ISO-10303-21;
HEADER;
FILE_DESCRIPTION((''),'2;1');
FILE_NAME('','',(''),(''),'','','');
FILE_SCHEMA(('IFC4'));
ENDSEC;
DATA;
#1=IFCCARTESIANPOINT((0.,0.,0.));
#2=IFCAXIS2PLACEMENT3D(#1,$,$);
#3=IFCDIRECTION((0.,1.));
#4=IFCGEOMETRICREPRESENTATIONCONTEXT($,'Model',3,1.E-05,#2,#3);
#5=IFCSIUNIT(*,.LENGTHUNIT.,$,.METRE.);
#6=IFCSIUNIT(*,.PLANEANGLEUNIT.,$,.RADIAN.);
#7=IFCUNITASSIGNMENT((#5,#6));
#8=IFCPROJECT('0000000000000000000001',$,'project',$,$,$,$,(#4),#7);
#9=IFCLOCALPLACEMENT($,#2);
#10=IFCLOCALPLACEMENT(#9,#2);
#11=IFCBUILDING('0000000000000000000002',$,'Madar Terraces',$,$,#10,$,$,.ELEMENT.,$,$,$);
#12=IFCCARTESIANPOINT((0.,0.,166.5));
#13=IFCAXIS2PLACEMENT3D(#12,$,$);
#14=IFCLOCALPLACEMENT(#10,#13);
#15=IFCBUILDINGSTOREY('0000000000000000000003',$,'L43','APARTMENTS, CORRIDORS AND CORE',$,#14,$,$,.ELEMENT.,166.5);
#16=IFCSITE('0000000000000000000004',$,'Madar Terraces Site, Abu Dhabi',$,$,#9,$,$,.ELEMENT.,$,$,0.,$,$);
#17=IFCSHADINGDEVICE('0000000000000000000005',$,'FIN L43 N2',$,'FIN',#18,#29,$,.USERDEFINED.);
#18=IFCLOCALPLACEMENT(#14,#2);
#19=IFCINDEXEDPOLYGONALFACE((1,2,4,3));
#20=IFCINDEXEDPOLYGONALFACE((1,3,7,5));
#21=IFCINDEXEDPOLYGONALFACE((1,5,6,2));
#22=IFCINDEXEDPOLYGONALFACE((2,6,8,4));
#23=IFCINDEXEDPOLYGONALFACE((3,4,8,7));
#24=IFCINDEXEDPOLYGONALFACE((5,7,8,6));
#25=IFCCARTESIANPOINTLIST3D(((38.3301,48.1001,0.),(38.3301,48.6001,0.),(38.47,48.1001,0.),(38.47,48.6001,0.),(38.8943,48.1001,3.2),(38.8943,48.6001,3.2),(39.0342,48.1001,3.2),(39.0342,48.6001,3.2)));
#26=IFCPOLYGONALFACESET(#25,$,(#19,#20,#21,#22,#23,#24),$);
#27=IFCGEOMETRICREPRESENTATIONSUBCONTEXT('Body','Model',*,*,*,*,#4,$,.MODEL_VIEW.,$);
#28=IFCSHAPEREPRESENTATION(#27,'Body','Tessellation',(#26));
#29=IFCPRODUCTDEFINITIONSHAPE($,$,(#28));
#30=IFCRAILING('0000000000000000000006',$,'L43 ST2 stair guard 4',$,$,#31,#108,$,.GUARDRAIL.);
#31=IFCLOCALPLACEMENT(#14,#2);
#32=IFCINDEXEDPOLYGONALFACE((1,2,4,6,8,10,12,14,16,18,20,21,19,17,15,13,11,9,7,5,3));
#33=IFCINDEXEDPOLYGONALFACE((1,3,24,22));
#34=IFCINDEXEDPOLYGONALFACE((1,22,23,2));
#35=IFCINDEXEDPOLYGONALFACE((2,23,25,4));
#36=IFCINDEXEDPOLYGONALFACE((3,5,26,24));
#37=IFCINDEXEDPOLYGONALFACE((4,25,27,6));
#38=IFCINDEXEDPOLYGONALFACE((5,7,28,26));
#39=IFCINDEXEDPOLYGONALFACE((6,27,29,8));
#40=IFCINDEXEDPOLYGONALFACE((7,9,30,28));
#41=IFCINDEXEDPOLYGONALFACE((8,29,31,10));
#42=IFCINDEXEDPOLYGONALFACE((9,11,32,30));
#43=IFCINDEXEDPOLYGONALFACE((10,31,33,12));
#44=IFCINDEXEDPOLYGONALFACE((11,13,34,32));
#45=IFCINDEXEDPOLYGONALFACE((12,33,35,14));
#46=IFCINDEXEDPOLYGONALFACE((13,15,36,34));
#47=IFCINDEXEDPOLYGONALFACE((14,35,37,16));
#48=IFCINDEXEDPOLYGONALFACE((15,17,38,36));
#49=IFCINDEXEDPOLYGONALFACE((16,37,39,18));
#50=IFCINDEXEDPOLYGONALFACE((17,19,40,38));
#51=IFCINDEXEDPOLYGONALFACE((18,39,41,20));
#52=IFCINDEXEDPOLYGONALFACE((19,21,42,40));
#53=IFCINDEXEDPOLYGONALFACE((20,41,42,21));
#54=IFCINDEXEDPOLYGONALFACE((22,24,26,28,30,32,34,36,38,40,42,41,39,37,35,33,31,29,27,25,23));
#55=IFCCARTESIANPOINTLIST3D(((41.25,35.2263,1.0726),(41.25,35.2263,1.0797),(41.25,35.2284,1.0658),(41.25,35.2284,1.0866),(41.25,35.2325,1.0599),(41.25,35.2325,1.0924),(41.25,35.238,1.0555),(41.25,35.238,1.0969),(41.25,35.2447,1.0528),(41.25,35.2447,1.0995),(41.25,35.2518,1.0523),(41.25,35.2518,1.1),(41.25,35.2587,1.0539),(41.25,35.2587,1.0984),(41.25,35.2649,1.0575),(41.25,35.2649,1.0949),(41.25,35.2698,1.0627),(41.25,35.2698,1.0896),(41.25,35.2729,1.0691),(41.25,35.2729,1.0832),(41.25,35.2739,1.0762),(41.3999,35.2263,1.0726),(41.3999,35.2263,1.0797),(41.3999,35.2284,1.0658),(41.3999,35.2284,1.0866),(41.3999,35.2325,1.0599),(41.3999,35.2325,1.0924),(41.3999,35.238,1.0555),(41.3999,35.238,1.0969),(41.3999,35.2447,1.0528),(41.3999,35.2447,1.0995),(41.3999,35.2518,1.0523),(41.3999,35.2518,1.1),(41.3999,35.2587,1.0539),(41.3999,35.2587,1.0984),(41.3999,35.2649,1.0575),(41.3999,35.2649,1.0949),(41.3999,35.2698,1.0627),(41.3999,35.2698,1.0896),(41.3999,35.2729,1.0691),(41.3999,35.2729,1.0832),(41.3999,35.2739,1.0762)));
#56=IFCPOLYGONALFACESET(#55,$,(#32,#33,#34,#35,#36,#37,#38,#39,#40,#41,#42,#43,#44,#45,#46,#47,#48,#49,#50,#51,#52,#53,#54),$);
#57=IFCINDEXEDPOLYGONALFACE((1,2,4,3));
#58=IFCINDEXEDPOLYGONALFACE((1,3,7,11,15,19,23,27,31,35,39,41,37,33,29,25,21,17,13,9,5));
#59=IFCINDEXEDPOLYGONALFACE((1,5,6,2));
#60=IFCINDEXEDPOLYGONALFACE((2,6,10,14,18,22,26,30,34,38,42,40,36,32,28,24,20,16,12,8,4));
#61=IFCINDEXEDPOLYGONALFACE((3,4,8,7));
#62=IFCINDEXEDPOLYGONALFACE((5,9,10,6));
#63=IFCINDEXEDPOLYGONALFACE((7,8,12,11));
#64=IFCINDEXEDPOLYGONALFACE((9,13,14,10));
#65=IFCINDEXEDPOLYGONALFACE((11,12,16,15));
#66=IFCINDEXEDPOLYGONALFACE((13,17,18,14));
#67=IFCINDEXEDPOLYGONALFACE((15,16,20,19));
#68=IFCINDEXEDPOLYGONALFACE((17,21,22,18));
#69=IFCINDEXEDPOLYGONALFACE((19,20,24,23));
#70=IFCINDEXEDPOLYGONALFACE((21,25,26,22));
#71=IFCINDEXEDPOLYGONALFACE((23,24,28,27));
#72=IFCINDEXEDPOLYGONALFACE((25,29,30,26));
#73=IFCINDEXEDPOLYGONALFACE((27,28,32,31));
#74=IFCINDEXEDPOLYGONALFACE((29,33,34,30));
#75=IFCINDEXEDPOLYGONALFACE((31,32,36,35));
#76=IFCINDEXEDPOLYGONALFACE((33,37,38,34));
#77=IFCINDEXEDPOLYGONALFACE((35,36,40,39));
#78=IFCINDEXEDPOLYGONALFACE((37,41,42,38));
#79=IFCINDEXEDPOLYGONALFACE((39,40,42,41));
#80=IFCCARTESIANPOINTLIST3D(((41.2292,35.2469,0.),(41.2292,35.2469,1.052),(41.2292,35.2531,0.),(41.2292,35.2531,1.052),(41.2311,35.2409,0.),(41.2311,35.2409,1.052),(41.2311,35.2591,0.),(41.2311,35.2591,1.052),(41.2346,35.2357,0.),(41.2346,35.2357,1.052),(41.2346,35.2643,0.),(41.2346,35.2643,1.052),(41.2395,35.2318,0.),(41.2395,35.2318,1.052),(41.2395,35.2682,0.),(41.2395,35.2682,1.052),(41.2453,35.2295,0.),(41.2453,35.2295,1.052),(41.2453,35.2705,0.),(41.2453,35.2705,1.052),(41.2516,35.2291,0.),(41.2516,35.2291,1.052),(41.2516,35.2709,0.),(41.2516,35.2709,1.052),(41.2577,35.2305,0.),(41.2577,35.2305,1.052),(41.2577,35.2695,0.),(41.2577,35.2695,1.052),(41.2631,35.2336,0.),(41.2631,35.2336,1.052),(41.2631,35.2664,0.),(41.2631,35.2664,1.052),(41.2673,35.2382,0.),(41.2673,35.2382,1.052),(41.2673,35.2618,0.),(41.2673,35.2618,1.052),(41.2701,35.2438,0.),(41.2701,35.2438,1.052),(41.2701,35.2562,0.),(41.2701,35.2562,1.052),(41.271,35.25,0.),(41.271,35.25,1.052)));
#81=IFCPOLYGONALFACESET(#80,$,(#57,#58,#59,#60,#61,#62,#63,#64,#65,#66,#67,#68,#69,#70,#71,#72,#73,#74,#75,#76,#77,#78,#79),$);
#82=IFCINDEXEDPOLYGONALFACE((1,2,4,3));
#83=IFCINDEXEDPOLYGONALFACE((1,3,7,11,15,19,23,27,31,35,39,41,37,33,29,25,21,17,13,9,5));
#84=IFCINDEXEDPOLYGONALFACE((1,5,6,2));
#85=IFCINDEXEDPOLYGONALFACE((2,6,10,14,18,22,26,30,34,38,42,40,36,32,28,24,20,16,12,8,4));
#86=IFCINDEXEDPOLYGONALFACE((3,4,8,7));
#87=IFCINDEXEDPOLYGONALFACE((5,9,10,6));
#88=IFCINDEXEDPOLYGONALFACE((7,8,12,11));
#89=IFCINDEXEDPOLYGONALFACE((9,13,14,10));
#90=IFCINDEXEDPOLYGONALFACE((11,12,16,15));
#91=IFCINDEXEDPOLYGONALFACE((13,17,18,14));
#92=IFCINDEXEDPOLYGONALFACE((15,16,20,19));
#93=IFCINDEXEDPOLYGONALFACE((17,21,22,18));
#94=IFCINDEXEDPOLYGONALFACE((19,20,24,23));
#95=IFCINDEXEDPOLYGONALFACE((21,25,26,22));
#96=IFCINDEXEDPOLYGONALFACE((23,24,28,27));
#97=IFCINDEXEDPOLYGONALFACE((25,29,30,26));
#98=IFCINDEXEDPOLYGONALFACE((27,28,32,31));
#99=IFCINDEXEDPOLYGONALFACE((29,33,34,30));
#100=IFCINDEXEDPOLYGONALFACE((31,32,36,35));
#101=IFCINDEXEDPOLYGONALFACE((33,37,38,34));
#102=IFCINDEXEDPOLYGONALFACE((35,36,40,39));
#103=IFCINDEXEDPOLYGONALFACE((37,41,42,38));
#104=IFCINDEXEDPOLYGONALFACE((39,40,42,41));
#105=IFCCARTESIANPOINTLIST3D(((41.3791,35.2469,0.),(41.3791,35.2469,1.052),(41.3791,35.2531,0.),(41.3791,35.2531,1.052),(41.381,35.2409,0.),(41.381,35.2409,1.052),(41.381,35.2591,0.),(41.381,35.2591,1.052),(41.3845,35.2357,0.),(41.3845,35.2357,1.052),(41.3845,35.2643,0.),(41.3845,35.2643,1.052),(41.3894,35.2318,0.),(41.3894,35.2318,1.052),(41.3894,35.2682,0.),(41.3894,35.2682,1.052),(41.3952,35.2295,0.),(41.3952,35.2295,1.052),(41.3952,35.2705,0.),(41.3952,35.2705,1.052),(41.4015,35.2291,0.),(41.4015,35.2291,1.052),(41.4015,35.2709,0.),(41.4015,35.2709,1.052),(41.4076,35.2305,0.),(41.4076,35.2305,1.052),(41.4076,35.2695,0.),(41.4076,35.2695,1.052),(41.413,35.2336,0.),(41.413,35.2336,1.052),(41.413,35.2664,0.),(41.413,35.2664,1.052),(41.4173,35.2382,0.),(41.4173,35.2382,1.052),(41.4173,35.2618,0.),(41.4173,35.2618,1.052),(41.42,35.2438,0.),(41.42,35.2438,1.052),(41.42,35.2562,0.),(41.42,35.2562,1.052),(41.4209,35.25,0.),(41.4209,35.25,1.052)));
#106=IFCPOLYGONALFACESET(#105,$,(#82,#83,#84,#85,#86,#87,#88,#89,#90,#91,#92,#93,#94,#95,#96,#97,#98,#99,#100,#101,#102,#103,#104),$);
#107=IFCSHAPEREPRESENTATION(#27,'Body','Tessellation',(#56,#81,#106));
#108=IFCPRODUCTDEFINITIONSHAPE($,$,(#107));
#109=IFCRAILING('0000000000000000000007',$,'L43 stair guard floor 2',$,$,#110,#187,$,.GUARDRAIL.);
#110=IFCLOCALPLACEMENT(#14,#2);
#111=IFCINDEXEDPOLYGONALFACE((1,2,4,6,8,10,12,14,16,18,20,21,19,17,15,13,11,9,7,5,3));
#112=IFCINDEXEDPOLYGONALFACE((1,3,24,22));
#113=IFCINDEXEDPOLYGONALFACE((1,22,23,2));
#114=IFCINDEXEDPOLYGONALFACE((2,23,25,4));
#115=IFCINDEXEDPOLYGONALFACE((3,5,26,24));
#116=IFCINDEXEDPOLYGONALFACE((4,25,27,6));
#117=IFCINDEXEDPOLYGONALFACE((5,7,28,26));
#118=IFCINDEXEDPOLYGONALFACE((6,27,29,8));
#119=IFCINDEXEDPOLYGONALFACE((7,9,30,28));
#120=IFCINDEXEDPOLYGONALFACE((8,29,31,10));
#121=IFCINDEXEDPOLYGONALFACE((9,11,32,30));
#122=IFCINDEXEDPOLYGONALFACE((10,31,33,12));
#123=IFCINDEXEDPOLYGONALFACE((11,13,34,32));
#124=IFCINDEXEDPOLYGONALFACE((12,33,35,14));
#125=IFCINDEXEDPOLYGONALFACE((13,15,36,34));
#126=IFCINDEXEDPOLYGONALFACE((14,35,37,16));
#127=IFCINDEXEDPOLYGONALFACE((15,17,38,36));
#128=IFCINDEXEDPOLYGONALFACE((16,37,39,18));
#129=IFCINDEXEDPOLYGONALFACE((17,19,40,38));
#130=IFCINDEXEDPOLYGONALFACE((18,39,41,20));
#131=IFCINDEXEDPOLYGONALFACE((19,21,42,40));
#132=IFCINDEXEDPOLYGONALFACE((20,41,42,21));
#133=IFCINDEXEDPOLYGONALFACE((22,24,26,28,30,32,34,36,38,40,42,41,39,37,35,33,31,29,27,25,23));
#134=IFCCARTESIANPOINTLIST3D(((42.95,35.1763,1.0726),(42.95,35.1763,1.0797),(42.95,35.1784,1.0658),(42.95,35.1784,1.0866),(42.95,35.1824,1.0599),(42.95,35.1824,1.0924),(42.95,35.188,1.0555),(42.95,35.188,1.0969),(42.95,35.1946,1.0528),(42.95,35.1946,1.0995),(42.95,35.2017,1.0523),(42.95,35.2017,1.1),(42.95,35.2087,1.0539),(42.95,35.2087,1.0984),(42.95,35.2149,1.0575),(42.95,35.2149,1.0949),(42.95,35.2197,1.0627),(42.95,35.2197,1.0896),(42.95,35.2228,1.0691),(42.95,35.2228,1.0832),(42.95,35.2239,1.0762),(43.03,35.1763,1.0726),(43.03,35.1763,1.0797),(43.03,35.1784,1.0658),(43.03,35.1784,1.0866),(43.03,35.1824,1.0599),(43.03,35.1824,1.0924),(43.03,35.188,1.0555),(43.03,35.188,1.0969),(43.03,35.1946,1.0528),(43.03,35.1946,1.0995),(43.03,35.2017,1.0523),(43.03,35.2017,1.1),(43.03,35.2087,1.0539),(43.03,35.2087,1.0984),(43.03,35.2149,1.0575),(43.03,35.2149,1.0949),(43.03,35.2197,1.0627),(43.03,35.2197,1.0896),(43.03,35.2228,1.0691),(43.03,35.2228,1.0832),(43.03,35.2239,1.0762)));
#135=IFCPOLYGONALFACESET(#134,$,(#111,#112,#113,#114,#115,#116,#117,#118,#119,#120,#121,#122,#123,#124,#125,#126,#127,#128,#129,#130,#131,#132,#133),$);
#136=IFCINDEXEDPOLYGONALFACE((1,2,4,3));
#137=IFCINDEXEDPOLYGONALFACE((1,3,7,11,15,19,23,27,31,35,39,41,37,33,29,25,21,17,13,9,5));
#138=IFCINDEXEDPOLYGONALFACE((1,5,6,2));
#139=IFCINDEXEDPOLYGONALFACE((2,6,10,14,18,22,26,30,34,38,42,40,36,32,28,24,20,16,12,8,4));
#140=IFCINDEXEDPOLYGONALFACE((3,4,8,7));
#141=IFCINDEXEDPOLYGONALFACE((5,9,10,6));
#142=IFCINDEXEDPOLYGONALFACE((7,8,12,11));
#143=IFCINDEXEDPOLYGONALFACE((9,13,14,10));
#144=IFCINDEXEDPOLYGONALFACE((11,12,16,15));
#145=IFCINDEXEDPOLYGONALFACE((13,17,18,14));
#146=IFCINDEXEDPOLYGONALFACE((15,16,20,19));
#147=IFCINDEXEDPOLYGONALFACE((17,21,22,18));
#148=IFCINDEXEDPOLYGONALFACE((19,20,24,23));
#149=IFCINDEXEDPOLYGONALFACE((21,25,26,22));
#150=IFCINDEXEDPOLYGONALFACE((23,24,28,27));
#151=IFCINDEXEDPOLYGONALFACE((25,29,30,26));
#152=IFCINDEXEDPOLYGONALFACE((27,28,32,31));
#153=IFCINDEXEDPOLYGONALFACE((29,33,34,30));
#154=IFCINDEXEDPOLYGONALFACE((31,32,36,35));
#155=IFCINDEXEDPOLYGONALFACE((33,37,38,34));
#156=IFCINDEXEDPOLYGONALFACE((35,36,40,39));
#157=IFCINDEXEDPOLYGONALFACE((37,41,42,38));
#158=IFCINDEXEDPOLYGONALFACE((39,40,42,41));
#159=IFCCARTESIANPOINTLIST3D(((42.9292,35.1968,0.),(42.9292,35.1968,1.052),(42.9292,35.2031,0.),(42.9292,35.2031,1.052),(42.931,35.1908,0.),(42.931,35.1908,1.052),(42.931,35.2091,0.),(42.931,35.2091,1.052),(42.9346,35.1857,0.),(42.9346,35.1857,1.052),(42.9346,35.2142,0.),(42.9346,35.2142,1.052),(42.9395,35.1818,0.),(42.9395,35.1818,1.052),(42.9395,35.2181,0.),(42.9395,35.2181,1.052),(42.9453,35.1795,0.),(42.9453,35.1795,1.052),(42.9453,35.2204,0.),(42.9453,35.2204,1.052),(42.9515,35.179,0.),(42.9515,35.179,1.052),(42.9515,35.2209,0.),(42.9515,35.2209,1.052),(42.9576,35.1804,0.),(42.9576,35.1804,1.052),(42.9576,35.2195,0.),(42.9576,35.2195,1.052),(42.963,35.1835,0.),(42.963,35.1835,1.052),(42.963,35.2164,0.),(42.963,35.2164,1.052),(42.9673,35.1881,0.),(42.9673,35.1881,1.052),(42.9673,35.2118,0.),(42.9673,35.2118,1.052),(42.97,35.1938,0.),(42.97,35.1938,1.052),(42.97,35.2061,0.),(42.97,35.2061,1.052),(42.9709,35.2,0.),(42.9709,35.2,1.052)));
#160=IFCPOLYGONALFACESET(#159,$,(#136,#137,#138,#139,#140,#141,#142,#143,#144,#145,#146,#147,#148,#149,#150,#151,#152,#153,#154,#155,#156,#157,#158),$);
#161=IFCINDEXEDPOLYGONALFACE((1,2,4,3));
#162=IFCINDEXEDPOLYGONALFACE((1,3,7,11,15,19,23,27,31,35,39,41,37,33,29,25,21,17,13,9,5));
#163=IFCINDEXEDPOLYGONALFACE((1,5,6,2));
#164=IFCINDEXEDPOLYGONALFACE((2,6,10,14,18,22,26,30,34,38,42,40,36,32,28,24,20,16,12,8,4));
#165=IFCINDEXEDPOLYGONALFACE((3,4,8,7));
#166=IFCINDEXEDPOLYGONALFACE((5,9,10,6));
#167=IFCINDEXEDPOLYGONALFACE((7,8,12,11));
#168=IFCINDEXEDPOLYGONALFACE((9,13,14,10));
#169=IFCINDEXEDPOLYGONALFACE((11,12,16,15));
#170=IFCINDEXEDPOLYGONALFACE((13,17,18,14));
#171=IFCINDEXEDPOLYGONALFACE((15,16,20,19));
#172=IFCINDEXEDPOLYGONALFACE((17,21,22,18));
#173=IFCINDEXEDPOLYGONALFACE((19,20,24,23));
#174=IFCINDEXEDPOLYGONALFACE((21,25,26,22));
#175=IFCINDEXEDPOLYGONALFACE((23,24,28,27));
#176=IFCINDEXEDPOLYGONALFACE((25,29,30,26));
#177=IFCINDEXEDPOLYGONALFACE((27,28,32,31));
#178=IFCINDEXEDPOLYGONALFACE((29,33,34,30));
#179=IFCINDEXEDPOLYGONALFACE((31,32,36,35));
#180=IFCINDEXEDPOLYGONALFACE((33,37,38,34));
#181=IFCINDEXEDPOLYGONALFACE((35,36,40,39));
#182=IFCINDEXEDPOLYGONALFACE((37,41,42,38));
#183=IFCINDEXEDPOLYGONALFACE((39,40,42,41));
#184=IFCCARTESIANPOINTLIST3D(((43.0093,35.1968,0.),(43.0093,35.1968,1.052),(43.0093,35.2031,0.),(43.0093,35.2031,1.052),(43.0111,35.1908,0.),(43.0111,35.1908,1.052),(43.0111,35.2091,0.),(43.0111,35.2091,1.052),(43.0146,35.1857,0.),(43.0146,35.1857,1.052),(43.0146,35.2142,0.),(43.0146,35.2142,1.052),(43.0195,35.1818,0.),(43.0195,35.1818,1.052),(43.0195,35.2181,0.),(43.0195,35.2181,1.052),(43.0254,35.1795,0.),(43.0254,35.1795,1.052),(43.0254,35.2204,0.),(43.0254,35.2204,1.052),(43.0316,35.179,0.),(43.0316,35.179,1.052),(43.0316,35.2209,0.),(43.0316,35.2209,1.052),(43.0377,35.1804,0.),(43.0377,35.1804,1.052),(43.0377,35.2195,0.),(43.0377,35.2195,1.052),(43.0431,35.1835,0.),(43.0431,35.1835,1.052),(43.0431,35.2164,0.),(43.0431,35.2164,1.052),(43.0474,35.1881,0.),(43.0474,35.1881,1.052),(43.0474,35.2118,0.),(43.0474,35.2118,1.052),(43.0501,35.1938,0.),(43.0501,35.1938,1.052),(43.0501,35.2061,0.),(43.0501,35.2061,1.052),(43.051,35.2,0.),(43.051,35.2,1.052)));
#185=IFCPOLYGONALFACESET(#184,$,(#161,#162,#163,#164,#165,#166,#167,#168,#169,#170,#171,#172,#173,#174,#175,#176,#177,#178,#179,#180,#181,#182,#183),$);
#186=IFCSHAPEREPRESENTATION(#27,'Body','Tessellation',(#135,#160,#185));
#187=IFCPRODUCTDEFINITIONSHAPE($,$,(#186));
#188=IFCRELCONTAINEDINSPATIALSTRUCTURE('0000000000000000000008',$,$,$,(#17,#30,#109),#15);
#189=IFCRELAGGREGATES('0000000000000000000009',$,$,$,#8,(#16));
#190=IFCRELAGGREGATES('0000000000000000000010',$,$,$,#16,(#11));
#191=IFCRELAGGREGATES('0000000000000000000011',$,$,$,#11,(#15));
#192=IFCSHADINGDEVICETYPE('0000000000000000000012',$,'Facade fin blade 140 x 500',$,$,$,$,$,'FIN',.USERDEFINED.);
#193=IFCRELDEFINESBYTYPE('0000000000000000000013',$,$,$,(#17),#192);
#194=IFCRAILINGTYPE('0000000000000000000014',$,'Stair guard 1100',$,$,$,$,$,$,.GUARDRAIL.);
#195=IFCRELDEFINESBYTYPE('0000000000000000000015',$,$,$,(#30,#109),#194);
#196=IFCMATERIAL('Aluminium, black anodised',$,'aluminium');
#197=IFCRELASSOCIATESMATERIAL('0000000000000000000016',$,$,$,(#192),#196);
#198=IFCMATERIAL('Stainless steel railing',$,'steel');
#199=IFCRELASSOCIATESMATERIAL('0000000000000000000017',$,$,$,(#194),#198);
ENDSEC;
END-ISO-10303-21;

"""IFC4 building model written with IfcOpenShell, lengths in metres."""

from ifc_helpers import new_model, si_unit, direction, frame, origin, origin_2d, place, context, subcontext, project, spatial, polyline, circle, outline, extrude, material, type_object, element, save


model = new_model("IFC4")

# Units and contexts
model_context = context("Model", 3, precision=1e-05, world=origin(), true_north=direction((0.0, 1.0)))
body_context = subcontext(model_context, "Body", "Model", "MODEL_VIEW")
ifc_project = project(units=[si_unit("LENGTHUNIT", "METRE"), si_unit("PLANEANGLEUNIT", "RADIAN")], contexts=[model_context])

# Site, building, storey
site_placement = place(None, origin())
site = spatial("IfcSite", under=ifc_project, at=site_placement, Name="Madar Terraces Site, Abu Dhabi", CompositionType="ELEMENT", RefElevation=0.0)
building_placement = place(site_placement, origin())
building = spatial("IfcBuilding", under=site, at=building_placement, Name="Madar Terraces", CompositionType="ELEMENT")
storey_placement = place(building_placement, frame((0.0, 0.0, 166.5)))
storey = spatial("IfcBuildingStorey", under=building, at=storey_placement, Name="L43", Description="APARTMENTS, CORRIDORS AND CORE", CompositionType="ELEMENT", Elevation=166.5)

# Shading device
ifc_material_1 = material(Name="Aluminium, black anodised", Category="aluminium")
shading_device_type = type_object("IfcShadingDeviceType", Name="Facade fin blade 140 x 500", ElementType="FIN", PredefinedType="USERDEFINED", material=ifc_material_1)
shading_device_placement = place(storey_placement, frame((38.47, 48.3501, 0.0), z_axis=(0.0, 0.0, 1.0), x_axis=(-1.0, 0.0, 0.0)))
element("IfcShadingDevice", 1, at=shading_device_placement, inside=storey, type_object=shading_device_type, Name="FIN L43 N2", ObjectType="FIN", PredefinedType="USERDEFINED", context=body_context, shape_type="SweptSolid", body=[
    extrude(outline(polyline([(0.0, 0.0), (0.1399, 0.0), (-0.4243, 3.2), (-0.5642, 3.2), (0.0, 0.0)])), frame((0.0, 0.25, 0.0), z_axis=(0.0, -1.0, 0.0), x_axis=(1.0, 0.0, 0.0)), (0.0, 0.0, 1.0), 0.5),
])

# Railings
ifc_material_2 = material(Name="Stainless steel railing", Category="steel")
railing_type = type_object("IfcRailingType", Name="Stair guard 1100", PredefinedType="GUARDRAIL", material=ifc_material_2)
railing_1_placement = place(storey_placement, frame((41.25, 35.25, 0.0)))
element("IfcRailing", 2, at=railing_1_placement, inside=storey, type_object=railing_type, Name="L43 ST2 stair guard 4", PredefinedType="GUARDRAIL", context=body_context, shape_type="SweptSolid", body=[
    extrude(circle(Radius=0.0239, at=origin_2d()), frame((0.0, 0.0, 1.0762), z_axis=(1.0, 0.0, 0.0), x_axis=(0.0, 1.0, 0.0)), (0.0, 0.0, 1.0), 0.1499),
    extrude(circle(Radius=0.021, at=origin_2d()), origin(), (0.0, 0.0, 1.0), 1.052),
    extrude(circle(Radius=0.021, at=origin_2d()), frame((0.1499, 0.0, 0.0)), (0.0, 0.0, 1.0), 1.052),
])
railing_2_placement = place(storey_placement, frame((42.95, 35.2, 0.0)))
element("IfcRailing", 3, at=railing_2_placement, inside=storey, type_object=railing_type, Name="L43 stair guard floor 2", PredefinedType="GUARDRAIL", context=body_context, shape_type="SweptSolid", body=[
    extrude(circle(Radius=0.0239, at=origin_2d()), frame((0.0, 0.0, 1.0762), z_axis=(1.0, 0.0, 0.0), x_axis=(0.0, 1.0, 0.0)), (0.0, 0.0, 1.0), 0.0801),
    extrude(circle(Radius=0.021, at=origin_2d()), origin(), (0.0, 0.0, 1.0), 1.052),
    extrude(circle(Radius=0.021, at=origin_2d()), frame((0.0801, 0.0, 0.0)), (0.0, 0.0, 1.0), 1.052),
])

save(model, "model.ifc")
